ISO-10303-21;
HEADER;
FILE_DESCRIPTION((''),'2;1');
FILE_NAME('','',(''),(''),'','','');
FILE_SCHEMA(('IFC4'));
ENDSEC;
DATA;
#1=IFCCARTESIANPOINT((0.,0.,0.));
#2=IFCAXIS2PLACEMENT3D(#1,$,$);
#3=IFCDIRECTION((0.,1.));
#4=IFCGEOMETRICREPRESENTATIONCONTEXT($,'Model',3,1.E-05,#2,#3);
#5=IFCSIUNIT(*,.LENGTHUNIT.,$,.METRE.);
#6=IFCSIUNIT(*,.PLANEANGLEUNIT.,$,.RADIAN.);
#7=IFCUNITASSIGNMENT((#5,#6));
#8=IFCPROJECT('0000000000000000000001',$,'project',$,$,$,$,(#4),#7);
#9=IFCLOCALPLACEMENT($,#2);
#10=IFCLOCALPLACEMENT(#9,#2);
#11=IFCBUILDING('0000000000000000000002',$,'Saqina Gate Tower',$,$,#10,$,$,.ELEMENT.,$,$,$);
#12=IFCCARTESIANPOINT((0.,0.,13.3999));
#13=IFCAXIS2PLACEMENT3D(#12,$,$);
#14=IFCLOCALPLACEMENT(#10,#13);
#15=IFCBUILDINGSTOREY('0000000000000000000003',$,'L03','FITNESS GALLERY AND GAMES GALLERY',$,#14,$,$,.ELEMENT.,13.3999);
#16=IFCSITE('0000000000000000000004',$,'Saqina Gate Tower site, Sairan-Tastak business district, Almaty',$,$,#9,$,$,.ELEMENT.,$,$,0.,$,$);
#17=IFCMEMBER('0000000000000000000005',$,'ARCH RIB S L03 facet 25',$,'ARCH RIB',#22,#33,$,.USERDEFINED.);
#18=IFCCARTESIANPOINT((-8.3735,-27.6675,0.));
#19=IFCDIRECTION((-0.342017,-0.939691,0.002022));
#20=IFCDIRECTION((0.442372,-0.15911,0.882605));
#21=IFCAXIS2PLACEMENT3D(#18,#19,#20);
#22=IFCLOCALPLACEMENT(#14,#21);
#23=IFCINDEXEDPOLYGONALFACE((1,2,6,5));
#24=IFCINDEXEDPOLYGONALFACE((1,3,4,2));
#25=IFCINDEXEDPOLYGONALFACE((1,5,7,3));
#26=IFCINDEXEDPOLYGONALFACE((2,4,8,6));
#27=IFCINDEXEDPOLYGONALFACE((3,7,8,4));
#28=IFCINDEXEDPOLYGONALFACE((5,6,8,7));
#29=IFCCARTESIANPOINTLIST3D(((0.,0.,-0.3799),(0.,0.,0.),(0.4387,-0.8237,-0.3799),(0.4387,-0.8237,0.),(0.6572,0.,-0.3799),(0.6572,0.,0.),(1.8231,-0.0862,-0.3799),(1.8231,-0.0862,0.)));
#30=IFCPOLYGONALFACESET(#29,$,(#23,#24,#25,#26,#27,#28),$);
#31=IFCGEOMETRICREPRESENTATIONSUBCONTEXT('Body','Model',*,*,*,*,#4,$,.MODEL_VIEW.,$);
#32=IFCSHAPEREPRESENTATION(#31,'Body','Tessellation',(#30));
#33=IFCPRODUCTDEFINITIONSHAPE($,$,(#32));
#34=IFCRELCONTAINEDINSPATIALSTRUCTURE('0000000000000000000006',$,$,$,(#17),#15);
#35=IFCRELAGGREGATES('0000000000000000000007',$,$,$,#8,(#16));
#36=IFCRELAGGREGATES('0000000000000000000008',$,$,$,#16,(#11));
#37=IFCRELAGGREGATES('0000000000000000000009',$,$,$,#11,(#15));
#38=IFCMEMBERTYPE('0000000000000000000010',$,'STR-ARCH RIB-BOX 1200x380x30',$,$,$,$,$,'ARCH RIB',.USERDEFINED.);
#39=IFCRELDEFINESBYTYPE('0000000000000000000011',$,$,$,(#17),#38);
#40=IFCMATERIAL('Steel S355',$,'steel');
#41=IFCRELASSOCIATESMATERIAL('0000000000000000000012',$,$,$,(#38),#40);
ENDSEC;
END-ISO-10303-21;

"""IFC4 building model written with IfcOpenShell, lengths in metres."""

from ifc_helpers import new_model, si_unit, direction, frame, origin, origin_2d, place, context, subcontext, project, spatial, polyline, hollow_rectangle, outline, extrude, material, material_profile, profile_set, type_object, element, save


model = new_model("IFC4")

# Units and contexts
model_context = context("Model", 3, precision=1e-05, world=origin(), true_north=direction((0.0, 1.0)))
body_context = subcontext(model_context, "Body", "Model", "MODEL_VIEW")
ifc_project = project(units=[si_unit("LENGTHUNIT", "METRE"), si_unit("PLANEANGLEUNIT", "RADIAN")], contexts=[model_context])

# Site, building, storey
site_placement = place(None, origin())
site = spatial("IfcSite", under=ifc_project, at=site_placement, Name="Saqina Gate Tower site, Sairan-Tastak business district, Almaty", CompositionType="ELEMENT", RefElevation=0.0)
building_placement = place(site_placement, origin())
building = spatial("IfcBuilding", under=site, at=building_placement, Name="Saqina Gate Tower", CompositionType="ELEMENT")
storey_placement = place(building_placement, frame((0.0, 0.0, 13.3999)))
storey = spatial("IfcBuildingStorey", under=building, at=storey_placement, Name="L03", Description="FITNESS GALLERY AND GAMES GALLERY", CompositionType="ELEMENT", Elevation=13.3999)

# Member
ifc_material_1 = material(Name="Steel S355", Category="steel")
ifc_material_profile_1 = material_profile(ifc_material_1, hollow_rectangle(XDim=1.2, YDim=0.3799, WallThickness=0.03, at=origin_2d()), Name="BOX 1200x380x30")
ifc_profile_set_1 = profile_set([ifc_material_profile_1], Name="Steel S355")
member_type_1 = type_object("IfcMemberType", Name="STR-ARCH RIB-BOX 1200x380x30", ElementType="ARCH RIB", PredefinedType="USERDEFINED", material=ifc_profile_set_1)
member_1_placement = place(storey_placement, frame((-8.3735, -27.6675, 0.0), z_axis=(-0.342017, -0.939691, 0.002022), x_axis=(0.442372, -0.15911, 0.882605)))
element("IfcMember", 1, at=member_1_placement, inside=storey, type_object=member_type_1, Name="ARCH RIB S L03 facet 25", ObjectType="ARCH RIB", PredefinedType="USERDEFINED", context=body_context, shape_type="SweptSolid", body=[
    extrude(outline(polyline([(0.0, 0.0), (0.6572, 0.0), (1.8231, -0.0862), (0.4387, -0.8237), (0.0, 0.0)])), origin(), (0.0, 0.0, -1.0), 0.3799),
])

save(model, "model.ifc")
